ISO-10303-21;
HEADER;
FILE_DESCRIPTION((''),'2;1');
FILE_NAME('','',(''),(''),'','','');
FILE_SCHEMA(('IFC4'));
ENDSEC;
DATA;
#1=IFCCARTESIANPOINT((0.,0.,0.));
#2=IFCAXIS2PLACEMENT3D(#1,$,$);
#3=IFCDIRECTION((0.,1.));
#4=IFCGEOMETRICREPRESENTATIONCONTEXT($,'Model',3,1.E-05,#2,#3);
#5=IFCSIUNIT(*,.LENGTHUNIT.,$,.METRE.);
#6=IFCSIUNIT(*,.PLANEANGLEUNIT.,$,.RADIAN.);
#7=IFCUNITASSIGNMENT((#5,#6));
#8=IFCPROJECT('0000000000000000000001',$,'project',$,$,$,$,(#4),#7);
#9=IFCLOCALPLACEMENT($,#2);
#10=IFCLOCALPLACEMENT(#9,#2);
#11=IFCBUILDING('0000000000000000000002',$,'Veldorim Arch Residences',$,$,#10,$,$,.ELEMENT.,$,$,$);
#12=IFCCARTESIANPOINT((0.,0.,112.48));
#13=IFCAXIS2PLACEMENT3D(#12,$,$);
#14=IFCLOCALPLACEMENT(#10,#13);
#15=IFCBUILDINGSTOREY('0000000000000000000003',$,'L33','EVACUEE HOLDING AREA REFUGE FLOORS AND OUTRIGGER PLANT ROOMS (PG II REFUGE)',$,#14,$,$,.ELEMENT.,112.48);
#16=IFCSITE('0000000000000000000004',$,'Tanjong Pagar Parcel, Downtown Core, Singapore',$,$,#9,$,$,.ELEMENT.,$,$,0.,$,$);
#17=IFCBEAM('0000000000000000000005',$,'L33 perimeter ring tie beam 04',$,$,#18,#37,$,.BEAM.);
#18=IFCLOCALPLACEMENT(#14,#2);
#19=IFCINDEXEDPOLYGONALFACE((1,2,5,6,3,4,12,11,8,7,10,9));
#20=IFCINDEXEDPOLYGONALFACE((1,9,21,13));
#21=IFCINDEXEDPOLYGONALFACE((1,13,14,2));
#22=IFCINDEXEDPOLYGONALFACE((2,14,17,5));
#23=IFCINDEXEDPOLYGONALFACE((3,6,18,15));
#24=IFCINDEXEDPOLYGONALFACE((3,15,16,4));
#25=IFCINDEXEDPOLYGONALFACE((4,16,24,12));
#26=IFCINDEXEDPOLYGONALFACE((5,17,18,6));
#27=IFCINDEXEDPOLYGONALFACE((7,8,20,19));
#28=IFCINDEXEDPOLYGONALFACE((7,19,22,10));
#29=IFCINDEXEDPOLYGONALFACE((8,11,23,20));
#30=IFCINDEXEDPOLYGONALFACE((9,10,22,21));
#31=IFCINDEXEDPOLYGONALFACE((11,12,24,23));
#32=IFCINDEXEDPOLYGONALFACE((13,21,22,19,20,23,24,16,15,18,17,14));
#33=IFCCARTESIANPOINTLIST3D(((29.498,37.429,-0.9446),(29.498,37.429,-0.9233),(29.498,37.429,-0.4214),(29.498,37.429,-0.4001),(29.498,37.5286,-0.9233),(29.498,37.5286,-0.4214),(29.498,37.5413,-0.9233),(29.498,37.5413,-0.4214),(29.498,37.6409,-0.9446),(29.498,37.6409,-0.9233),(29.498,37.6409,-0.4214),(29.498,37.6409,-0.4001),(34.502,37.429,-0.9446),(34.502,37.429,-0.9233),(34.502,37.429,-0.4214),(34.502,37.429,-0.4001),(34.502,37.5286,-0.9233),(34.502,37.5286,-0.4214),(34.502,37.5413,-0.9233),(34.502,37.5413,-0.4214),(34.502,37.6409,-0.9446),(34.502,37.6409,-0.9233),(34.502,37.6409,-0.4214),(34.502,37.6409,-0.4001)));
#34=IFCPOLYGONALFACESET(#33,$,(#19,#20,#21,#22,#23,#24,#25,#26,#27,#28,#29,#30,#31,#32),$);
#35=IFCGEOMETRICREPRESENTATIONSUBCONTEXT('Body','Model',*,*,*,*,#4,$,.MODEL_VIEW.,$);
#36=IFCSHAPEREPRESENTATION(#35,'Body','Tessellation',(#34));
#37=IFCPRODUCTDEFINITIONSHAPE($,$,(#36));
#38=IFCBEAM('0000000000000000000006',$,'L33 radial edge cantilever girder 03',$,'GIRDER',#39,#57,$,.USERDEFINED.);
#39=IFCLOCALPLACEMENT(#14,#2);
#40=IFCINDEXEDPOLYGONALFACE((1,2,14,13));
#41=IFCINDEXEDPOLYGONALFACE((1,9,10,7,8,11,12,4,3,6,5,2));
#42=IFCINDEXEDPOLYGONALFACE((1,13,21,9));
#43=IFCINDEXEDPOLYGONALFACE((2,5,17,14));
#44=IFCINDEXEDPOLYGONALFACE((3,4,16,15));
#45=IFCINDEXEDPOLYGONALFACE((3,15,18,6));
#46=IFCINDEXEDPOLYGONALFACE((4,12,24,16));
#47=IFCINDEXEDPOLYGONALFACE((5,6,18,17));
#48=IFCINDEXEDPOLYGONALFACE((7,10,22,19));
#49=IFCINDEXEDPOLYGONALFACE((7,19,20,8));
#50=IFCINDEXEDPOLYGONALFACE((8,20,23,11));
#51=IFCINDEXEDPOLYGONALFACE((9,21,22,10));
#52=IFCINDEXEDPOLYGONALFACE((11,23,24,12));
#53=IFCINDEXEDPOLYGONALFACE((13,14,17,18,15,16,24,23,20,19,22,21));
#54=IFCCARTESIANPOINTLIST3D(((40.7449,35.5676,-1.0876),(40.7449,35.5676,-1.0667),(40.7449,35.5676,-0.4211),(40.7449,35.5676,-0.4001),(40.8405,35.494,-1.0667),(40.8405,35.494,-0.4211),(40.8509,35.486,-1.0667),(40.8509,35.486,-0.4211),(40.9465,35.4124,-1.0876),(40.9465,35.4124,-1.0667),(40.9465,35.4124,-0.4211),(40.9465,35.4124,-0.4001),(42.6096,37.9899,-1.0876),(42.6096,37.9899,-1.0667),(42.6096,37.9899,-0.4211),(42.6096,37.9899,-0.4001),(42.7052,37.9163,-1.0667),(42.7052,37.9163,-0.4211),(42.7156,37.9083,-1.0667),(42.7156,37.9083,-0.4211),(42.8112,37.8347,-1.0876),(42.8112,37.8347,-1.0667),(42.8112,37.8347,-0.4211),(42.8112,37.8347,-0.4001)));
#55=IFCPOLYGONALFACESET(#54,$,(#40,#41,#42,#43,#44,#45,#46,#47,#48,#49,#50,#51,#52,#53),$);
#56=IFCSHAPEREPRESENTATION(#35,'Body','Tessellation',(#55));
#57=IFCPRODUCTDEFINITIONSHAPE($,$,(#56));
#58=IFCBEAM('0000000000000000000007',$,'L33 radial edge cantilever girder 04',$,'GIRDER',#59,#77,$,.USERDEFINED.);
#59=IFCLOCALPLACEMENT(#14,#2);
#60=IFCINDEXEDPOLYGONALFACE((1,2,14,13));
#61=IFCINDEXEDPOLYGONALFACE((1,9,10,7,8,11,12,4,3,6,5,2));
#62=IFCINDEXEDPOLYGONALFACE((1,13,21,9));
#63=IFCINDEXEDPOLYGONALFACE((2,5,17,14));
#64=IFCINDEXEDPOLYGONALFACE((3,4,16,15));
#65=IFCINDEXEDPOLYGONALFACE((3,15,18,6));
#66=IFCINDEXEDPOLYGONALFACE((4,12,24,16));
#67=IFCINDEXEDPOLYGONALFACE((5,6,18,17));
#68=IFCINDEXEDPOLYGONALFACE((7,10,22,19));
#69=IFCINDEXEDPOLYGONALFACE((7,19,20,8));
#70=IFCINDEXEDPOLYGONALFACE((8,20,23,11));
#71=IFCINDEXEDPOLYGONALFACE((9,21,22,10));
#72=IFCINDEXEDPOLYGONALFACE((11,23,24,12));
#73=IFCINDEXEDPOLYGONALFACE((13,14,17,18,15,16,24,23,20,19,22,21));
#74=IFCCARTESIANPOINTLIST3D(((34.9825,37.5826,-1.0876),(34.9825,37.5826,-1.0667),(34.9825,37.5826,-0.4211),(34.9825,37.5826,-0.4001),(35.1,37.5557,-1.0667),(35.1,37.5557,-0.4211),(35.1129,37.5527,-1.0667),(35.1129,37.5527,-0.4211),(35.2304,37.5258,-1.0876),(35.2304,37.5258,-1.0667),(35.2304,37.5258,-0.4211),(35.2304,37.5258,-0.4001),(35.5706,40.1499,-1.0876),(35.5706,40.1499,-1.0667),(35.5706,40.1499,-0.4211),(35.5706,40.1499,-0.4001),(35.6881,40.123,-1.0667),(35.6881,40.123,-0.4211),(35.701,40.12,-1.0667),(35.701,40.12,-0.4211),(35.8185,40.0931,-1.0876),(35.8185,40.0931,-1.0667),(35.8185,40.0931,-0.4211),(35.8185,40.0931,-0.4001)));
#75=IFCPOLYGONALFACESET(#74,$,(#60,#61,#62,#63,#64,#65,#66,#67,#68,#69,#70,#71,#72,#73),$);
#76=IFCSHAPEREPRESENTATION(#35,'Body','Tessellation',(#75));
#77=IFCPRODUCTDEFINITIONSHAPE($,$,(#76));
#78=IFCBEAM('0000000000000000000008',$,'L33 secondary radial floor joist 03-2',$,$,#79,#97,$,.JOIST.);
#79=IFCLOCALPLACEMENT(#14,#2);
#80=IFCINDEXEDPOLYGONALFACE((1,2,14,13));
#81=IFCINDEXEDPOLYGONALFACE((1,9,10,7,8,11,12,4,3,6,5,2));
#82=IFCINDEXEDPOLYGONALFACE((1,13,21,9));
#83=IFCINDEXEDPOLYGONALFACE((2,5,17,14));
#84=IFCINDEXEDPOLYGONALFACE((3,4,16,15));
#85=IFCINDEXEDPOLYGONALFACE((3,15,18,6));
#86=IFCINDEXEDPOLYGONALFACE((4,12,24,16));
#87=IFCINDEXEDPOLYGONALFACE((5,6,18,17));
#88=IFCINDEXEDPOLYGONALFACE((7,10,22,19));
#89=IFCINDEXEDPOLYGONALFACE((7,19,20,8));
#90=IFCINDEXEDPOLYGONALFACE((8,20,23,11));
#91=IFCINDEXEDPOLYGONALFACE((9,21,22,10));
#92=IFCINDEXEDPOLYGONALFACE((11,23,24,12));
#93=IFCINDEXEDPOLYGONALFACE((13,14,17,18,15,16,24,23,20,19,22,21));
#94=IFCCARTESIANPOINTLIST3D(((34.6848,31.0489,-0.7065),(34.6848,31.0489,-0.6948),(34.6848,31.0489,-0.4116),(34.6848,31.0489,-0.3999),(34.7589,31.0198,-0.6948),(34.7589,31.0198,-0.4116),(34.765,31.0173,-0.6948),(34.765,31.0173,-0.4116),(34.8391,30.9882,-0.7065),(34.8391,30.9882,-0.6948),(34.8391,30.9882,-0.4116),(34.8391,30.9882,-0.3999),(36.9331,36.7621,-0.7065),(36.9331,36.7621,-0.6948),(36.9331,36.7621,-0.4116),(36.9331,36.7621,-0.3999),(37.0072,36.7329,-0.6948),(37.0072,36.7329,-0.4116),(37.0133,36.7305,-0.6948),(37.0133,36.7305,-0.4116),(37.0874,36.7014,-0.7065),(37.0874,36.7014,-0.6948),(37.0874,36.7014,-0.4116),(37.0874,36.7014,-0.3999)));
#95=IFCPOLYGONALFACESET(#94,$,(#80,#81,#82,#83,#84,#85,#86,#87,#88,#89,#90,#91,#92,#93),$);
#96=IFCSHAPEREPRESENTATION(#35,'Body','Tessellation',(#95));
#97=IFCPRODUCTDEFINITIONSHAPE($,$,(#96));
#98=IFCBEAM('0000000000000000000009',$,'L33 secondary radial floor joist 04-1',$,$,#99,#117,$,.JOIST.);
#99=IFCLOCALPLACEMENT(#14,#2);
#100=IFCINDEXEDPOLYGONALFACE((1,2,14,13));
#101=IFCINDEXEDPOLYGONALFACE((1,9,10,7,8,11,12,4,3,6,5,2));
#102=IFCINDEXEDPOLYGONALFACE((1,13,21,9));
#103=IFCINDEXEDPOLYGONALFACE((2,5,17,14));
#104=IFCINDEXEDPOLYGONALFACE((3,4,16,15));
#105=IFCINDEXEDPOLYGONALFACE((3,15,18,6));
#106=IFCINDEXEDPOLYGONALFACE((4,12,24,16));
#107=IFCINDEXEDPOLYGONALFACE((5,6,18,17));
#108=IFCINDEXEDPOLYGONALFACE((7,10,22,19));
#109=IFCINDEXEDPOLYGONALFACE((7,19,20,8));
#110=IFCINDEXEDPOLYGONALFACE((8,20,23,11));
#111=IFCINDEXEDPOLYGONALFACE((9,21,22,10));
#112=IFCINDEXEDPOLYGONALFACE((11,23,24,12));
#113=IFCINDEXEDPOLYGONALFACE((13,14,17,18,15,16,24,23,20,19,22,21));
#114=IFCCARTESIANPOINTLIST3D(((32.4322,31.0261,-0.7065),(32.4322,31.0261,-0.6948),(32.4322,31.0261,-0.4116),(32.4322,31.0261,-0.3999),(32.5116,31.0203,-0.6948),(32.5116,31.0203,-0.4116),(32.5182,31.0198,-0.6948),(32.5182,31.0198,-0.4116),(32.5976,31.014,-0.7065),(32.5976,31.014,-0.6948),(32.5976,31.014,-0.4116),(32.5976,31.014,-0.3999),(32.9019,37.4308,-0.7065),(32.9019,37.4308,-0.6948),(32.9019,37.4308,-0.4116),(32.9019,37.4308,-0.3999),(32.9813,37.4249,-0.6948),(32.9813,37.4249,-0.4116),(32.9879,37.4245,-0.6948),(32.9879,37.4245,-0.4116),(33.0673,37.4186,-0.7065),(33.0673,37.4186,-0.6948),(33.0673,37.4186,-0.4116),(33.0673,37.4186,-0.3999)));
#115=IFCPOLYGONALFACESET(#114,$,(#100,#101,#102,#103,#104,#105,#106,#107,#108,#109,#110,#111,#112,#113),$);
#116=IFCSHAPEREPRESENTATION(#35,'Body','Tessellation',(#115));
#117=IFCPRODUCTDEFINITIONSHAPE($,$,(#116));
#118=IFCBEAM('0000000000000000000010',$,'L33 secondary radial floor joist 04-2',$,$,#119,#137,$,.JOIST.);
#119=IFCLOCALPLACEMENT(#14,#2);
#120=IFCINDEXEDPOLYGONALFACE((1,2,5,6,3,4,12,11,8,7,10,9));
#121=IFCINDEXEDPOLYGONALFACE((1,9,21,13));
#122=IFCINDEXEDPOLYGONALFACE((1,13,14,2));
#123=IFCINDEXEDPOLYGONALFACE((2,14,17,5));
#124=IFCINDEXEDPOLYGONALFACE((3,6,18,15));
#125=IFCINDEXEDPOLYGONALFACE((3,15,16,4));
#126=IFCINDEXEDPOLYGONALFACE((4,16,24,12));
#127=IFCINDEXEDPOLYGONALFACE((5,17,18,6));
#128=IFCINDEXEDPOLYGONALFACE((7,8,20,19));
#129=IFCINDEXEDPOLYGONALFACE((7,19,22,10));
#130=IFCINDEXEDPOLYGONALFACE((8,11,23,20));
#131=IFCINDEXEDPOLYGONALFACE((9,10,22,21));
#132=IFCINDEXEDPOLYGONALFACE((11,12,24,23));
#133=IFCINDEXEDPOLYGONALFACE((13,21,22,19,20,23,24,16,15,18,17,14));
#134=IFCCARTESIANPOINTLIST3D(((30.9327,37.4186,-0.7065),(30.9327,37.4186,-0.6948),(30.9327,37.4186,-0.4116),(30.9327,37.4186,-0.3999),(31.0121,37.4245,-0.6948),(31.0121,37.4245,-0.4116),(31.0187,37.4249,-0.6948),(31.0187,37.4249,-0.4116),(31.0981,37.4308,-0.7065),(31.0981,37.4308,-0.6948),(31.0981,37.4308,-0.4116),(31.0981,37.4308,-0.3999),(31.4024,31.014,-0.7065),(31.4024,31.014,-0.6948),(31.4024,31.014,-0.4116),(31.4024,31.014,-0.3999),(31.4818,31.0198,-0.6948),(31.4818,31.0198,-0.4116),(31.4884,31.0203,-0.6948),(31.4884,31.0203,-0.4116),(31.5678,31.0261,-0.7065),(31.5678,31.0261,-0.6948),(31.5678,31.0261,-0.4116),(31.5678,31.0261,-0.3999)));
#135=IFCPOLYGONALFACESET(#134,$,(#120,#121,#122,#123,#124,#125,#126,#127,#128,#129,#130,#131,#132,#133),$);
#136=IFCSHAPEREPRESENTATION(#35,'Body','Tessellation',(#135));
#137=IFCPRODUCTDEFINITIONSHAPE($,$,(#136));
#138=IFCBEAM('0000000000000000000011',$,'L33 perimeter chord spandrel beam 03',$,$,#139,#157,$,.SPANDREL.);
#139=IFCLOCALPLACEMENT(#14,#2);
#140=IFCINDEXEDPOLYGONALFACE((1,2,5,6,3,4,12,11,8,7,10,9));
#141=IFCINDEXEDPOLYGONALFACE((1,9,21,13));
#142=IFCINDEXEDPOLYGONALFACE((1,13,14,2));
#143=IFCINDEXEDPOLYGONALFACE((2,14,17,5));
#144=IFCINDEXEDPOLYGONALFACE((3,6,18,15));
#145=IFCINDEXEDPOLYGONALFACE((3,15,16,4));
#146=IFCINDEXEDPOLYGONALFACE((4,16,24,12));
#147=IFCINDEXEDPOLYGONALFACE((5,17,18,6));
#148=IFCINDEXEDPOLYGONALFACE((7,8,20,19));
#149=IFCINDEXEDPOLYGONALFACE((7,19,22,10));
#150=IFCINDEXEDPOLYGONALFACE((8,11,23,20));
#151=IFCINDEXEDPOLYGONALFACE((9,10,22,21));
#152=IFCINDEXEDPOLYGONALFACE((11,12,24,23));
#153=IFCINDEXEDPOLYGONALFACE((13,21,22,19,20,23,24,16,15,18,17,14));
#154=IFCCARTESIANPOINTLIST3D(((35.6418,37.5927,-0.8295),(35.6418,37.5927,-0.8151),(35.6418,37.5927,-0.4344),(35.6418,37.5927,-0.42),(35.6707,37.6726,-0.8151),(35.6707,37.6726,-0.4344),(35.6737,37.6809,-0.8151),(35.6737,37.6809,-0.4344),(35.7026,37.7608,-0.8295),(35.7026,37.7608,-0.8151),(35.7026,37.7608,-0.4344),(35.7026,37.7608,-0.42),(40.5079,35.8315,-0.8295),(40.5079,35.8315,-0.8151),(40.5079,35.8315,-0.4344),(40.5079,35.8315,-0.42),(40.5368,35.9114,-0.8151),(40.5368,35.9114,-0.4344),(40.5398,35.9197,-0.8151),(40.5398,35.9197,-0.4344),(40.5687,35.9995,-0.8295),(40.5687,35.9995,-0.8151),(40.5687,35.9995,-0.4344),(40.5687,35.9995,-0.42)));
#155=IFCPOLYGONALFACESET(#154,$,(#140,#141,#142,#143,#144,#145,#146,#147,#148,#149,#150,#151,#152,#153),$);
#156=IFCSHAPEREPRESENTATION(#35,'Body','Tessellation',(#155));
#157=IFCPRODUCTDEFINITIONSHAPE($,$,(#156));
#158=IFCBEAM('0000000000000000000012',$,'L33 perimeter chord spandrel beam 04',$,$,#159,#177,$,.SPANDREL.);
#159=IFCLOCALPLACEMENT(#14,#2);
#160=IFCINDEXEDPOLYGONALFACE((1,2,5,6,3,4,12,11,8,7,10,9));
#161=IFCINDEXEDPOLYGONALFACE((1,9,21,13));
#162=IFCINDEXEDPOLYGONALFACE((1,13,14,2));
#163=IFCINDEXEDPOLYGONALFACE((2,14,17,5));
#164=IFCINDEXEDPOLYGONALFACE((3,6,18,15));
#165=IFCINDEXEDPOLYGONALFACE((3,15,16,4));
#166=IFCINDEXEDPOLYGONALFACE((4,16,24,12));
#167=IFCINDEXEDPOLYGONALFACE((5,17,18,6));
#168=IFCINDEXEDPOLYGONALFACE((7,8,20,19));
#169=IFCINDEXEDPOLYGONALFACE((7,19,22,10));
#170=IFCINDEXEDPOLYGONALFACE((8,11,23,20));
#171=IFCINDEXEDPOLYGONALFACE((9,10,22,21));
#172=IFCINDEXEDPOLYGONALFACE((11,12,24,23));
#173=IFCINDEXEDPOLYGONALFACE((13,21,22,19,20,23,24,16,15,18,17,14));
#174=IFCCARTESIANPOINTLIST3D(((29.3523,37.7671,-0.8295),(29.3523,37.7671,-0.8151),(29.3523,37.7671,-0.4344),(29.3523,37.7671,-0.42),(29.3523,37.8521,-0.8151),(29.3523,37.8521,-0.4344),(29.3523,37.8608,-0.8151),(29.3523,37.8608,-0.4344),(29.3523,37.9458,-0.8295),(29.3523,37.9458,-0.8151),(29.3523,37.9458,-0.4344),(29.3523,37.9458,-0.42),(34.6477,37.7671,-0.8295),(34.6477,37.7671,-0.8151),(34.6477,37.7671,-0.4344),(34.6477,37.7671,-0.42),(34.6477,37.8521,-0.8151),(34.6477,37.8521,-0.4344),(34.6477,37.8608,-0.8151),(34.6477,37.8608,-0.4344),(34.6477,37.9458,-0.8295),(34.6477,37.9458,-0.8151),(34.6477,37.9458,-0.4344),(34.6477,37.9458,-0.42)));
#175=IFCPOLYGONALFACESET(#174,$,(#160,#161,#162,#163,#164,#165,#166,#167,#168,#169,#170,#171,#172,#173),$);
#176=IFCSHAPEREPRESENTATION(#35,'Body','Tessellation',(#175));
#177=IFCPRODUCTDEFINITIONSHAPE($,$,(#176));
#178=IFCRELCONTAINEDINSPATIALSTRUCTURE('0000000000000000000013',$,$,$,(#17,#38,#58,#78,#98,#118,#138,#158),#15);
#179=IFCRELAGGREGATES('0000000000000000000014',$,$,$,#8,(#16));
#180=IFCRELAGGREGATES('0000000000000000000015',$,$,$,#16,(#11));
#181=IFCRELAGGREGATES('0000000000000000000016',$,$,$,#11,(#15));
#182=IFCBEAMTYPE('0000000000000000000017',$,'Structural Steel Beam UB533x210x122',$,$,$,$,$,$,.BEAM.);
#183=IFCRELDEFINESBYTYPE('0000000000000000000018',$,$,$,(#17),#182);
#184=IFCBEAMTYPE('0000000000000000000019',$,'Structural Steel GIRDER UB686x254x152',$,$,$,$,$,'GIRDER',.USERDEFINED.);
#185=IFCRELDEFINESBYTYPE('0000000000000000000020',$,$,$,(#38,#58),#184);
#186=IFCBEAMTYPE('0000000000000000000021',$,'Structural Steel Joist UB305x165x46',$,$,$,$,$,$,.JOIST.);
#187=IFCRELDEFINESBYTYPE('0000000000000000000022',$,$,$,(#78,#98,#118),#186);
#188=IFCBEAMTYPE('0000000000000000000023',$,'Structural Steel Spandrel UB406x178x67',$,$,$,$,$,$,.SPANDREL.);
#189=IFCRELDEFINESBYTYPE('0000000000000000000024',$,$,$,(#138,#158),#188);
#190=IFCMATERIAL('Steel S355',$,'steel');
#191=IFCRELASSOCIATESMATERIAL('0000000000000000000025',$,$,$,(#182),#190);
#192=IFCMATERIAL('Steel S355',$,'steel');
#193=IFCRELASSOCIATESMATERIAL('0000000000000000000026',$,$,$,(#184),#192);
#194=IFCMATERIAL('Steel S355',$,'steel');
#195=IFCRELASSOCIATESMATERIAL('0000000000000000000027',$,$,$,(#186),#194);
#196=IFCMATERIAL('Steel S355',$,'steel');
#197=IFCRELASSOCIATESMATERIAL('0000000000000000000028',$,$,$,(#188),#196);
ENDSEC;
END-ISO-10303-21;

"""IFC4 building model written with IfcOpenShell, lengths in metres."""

from ifc_helpers import new_model, si_unit, direction, frame, origin, origin_2d, place, context, subcontext, project, spatial, i_section, extrude, material, material_profile, profile_set, type_object, element, save


model = new_model("IFC4")

# Units and contexts
model_context = context("Model", 3, precision=1e-05, world=origin(), true_north=direction((0.0, 1.0)))
body_context = subcontext(model_context, "Body", "Model", "MODEL_VIEW")
ifc_project = project(units=[si_unit("LENGTHUNIT", "METRE"), si_unit("PLANEANGLEUNIT", "RADIAN")], contexts=[model_context])

# Site, building, storey
site_placement = place(None, origin())
site = spatial("IfcSite", under=ifc_project, at=site_placement, Name="Tanjong Pagar Parcel, Downtown Core, Singapore", CompositionType="ELEMENT", RefElevation=0.0)
building_placement = place(site_placement, origin())
building = spatial("IfcBuilding", under=site, at=building_placement, Name="Veldorim Arch Residences", CompositionType="ELEMENT")
storey_placement = place(building_placement, frame((0.0, 0.0, 112.48)))
storey = spatial("IfcBuildingStorey", under=building, at=storey_placement, Name="L33", Description="EVACUEE HOLDING AREA REFUGE FLOORS AND OUTRIGGER PLANT ROOMS (PG II REFUGE)", CompositionType="ELEMENT", Elevation=112.48)

# Beams
ifc_material_1 = material(Name="Steel S355", Category="steel")
ifc_material_profile_1 = material_profile(ifc_material_1, i_section(OverallWidth=0.2119, OverallDepth=0.5444, WebThickness=0.0127, FlangeThickness=0.0212, at=origin_2d()), Name="UB533x210x122")
ifc_profile_set_1 = profile_set([ifc_material_profile_1], Name="Steel S355")
beam_type_1 = type_object("IfcBeamType", Name="Structural Steel Beam UB533x210x122", PredefinedType="BEAM", material=ifc_profile_set_1)
beam_1_placement = place(storey_placement, frame((34.502, 37.5349, -0.6724), z_axis=(-1.0, 0.0, 0.0), x_axis=(0.0, -1.0, 0.0)))
element("IfcBeam", 1, at=beam_1_placement, inside=storey, type_object=beam_type_1, Name="L33 perimeter ring tie beam 04", PredefinedType="BEAM", context=body_context, shape_type="SweptSolid", body=[
    extrude(i_section(OverallWidth=0.2119, OverallDepth=0.5444, WebThickness=0.0127, FlangeThickness=0.0212, at=origin_2d()), origin(), (0.0, 0.0, 1.0), 5.0039),
])
ifc_material_2 = material(Name="Steel S355", Category="steel")
ifc_material_profile_2 = material_profile(ifc_material_2, i_section(OverallWidth=0.2544, OverallDepth=0.6875, WebThickness=0.0132, FlangeThickness=0.021, at=origin_2d()), Name="UB686x254x152")
ifc_profile_set_2 = profile_set([ifc_material_profile_2], Name="Steel S355")
beam_type_2 = type_object("IfcBeamType", Name="Structural Steel GIRDER UB686x254x152", ElementType="GIRDER", PredefinedType="USERDEFINED", material=ifc_profile_set_2)
beam_2_placement = place(storey_placement, frame((40.8457, 35.49, -0.7439), z_axis=(0.609996, 0.792404, 0.0), x_axis=(-0.792404, 0.609996, 0.0)))
element("IfcBeam", 2, at=beam_2_placement, inside=storey, type_object=beam_type_2, Name="L33 radial edge cantilever girder 03", ObjectType="GIRDER", PredefinedType="USERDEFINED", context=body_context, shape_type="SweptSolid", body=[
    extrude(i_section(OverallWidth=0.2544, OverallDepth=0.6875, WebThickness=0.0132, FlangeThickness=0.021, at=origin_2d()), origin(), (0.0, 0.0, 1.0), 3.0569),
])
beam_3_placement = place(storey_placement, frame((35.1064, 37.5542, -0.7439), z_axis=(0.223295, 0.974751, 0.0), x_axis=(-0.974751, 0.223295, 0.0)))
element("IfcBeam", 3, at=beam_3_placement, inside=storey, type_object=beam_type_2, Name="L33 radial edge cantilever girder 04", ObjectType="GIRDER", PredefinedType="USERDEFINED", context=body_context, shape_type="SweptSolid", body=[
    extrude(i_section(OverallWidth=0.2544, OverallDepth=0.6875, WebThickness=0.0132, FlangeThickness=0.021, at=origin_2d()), origin(), (0.0, 0.0, 1.0), 2.6338),
])
ifc_material_3 = material(Name="Steel S355", Category="steel")
ifc_material_profile_3 = material_profile(ifc_material_3, i_section(OverallWidth=0.1658, OverallDepth=0.3066, WebThickness=0.0066, FlangeThickness=0.0117, at=origin_2d()), Name="UB305x165x46")
ifc_profile_set_3 = profile_set([ifc_material_profile_3], Name="Steel S355")
beam_type_3 = type_object("IfcBeamType", Name="Structural Steel Joist UB305x165x46", PredefinedType="JOIST", material=ifc_profile_set_3)
beam_4_placement = place(storey_placement, frame((34.762, 31.0186, -0.5532), z_axis=(0.366195, 0.930538, 0.0), x_axis=(-0.930538, 0.366195, 0.0)))
element("IfcBeam", 4, at=beam_4_placement, inside=storey, type_object=beam_type_3, Name="L33 secondary radial floor joist 03-2", PredefinedType="JOIST", context=body_context, shape_type="SweptSolid", body=[
    extrude(i_section(OverallWidth=0.1658, OverallDepth=0.3066, WebThickness=0.0066, FlangeThickness=0.0117, at=origin_2d()), origin(), (0.0, 0.0, 1.0), 6.1396),
])
for number, where, z_axis, x_axis, name in (
    (5, (32.5149, 31.02, -0.5532), (0.073143, 0.997321, 0.0), (-0.997321, 0.073143, 0.0), "L33 secondary radial floor joist 04-1"),
    (6, (31.4851, 31.02, -0.5532), (-0.073143, 0.997321, 0.0), (-0.997321, -0.073143, 0.0), "L33 secondary radial floor joist 04-2"),
):
    element("IfcBeam", number, at=place(storey_placement, frame(where, z_axis=z_axis, x_axis=x_axis)), inside=storey, type_object=beam_type_3, Name=name, PredefinedType="JOIST", context=body_context, shape_type="SweptSolid", body=[
        extrude(i_section(OverallWidth=0.1658, OverallDepth=0.3066, WebThickness=0.0066, FlangeThickness=0.0117, at=origin_2d()), origin(), (0.0, 0.0, 1.0), 6.4219),
    ])
ifc_material_4 = material(Name="Steel S355", Category="steel")
ifc_material_profile_4 = material_profile(ifc_material_4, i_section(OverallWidth=0.1787, OverallDepth=0.4094, WebThickness=0.0088, FlangeThickness=0.0144, at=origin_2d()), Name="UB406x178x67")
ifc_profile_set_4 = profile_set([ifc_material_profile_4], Name="Steel S355")
beam_type_4 = type_object("IfcBeamType", Name="Structural Steel Spandrel UB406x178x67", PredefinedType="SPANDREL", material=ifc_profile_set_4)
beam_5_placement = place(storey_placement, frame((40.5383, 35.9155, -0.6248), z_axis=(-0.940308, 0.340326, 0.0), x_axis=(-0.340326, -0.940308, 0.0)))
element("IfcBeam", 7, at=beam_5_placement, inside=storey, type_object=beam_type_4, Name="L33 perimeter chord spandrel beam 03", PredefinedType="SPANDREL", context=body_context, shape_type="SweptSolid", body=[
    extrude(i_section(OverallWidth=0.1787, OverallDepth=0.4094, WebThickness=0.0088, FlangeThickness=0.0144, at=origin_2d()), origin(), (0.0, 0.0, 1.0), 5.175),
])
beam_6_placement = place(storey_placement, frame((34.6477, 37.8564, -0.6248), z_axis=(-1.0, 0.0, 0.0), x_axis=(0.0, -1.0, 0.0)))
element("IfcBeam", 8, at=beam_6_placement, inside=storey, type_object=beam_type_4, Name="L33 perimeter chord spandrel beam 04", PredefinedType="SPANDREL", context=body_context, shape_type="SweptSolid", body=[
    extrude(i_section(OverallWidth=0.1787, OverallDepth=0.4094, WebThickness=0.0088, FlangeThickness=0.0144, at=origin_2d()), origin(), (0.0, 0.0, 1.0), 5.2954),
])

save(model, "model.ifc")
